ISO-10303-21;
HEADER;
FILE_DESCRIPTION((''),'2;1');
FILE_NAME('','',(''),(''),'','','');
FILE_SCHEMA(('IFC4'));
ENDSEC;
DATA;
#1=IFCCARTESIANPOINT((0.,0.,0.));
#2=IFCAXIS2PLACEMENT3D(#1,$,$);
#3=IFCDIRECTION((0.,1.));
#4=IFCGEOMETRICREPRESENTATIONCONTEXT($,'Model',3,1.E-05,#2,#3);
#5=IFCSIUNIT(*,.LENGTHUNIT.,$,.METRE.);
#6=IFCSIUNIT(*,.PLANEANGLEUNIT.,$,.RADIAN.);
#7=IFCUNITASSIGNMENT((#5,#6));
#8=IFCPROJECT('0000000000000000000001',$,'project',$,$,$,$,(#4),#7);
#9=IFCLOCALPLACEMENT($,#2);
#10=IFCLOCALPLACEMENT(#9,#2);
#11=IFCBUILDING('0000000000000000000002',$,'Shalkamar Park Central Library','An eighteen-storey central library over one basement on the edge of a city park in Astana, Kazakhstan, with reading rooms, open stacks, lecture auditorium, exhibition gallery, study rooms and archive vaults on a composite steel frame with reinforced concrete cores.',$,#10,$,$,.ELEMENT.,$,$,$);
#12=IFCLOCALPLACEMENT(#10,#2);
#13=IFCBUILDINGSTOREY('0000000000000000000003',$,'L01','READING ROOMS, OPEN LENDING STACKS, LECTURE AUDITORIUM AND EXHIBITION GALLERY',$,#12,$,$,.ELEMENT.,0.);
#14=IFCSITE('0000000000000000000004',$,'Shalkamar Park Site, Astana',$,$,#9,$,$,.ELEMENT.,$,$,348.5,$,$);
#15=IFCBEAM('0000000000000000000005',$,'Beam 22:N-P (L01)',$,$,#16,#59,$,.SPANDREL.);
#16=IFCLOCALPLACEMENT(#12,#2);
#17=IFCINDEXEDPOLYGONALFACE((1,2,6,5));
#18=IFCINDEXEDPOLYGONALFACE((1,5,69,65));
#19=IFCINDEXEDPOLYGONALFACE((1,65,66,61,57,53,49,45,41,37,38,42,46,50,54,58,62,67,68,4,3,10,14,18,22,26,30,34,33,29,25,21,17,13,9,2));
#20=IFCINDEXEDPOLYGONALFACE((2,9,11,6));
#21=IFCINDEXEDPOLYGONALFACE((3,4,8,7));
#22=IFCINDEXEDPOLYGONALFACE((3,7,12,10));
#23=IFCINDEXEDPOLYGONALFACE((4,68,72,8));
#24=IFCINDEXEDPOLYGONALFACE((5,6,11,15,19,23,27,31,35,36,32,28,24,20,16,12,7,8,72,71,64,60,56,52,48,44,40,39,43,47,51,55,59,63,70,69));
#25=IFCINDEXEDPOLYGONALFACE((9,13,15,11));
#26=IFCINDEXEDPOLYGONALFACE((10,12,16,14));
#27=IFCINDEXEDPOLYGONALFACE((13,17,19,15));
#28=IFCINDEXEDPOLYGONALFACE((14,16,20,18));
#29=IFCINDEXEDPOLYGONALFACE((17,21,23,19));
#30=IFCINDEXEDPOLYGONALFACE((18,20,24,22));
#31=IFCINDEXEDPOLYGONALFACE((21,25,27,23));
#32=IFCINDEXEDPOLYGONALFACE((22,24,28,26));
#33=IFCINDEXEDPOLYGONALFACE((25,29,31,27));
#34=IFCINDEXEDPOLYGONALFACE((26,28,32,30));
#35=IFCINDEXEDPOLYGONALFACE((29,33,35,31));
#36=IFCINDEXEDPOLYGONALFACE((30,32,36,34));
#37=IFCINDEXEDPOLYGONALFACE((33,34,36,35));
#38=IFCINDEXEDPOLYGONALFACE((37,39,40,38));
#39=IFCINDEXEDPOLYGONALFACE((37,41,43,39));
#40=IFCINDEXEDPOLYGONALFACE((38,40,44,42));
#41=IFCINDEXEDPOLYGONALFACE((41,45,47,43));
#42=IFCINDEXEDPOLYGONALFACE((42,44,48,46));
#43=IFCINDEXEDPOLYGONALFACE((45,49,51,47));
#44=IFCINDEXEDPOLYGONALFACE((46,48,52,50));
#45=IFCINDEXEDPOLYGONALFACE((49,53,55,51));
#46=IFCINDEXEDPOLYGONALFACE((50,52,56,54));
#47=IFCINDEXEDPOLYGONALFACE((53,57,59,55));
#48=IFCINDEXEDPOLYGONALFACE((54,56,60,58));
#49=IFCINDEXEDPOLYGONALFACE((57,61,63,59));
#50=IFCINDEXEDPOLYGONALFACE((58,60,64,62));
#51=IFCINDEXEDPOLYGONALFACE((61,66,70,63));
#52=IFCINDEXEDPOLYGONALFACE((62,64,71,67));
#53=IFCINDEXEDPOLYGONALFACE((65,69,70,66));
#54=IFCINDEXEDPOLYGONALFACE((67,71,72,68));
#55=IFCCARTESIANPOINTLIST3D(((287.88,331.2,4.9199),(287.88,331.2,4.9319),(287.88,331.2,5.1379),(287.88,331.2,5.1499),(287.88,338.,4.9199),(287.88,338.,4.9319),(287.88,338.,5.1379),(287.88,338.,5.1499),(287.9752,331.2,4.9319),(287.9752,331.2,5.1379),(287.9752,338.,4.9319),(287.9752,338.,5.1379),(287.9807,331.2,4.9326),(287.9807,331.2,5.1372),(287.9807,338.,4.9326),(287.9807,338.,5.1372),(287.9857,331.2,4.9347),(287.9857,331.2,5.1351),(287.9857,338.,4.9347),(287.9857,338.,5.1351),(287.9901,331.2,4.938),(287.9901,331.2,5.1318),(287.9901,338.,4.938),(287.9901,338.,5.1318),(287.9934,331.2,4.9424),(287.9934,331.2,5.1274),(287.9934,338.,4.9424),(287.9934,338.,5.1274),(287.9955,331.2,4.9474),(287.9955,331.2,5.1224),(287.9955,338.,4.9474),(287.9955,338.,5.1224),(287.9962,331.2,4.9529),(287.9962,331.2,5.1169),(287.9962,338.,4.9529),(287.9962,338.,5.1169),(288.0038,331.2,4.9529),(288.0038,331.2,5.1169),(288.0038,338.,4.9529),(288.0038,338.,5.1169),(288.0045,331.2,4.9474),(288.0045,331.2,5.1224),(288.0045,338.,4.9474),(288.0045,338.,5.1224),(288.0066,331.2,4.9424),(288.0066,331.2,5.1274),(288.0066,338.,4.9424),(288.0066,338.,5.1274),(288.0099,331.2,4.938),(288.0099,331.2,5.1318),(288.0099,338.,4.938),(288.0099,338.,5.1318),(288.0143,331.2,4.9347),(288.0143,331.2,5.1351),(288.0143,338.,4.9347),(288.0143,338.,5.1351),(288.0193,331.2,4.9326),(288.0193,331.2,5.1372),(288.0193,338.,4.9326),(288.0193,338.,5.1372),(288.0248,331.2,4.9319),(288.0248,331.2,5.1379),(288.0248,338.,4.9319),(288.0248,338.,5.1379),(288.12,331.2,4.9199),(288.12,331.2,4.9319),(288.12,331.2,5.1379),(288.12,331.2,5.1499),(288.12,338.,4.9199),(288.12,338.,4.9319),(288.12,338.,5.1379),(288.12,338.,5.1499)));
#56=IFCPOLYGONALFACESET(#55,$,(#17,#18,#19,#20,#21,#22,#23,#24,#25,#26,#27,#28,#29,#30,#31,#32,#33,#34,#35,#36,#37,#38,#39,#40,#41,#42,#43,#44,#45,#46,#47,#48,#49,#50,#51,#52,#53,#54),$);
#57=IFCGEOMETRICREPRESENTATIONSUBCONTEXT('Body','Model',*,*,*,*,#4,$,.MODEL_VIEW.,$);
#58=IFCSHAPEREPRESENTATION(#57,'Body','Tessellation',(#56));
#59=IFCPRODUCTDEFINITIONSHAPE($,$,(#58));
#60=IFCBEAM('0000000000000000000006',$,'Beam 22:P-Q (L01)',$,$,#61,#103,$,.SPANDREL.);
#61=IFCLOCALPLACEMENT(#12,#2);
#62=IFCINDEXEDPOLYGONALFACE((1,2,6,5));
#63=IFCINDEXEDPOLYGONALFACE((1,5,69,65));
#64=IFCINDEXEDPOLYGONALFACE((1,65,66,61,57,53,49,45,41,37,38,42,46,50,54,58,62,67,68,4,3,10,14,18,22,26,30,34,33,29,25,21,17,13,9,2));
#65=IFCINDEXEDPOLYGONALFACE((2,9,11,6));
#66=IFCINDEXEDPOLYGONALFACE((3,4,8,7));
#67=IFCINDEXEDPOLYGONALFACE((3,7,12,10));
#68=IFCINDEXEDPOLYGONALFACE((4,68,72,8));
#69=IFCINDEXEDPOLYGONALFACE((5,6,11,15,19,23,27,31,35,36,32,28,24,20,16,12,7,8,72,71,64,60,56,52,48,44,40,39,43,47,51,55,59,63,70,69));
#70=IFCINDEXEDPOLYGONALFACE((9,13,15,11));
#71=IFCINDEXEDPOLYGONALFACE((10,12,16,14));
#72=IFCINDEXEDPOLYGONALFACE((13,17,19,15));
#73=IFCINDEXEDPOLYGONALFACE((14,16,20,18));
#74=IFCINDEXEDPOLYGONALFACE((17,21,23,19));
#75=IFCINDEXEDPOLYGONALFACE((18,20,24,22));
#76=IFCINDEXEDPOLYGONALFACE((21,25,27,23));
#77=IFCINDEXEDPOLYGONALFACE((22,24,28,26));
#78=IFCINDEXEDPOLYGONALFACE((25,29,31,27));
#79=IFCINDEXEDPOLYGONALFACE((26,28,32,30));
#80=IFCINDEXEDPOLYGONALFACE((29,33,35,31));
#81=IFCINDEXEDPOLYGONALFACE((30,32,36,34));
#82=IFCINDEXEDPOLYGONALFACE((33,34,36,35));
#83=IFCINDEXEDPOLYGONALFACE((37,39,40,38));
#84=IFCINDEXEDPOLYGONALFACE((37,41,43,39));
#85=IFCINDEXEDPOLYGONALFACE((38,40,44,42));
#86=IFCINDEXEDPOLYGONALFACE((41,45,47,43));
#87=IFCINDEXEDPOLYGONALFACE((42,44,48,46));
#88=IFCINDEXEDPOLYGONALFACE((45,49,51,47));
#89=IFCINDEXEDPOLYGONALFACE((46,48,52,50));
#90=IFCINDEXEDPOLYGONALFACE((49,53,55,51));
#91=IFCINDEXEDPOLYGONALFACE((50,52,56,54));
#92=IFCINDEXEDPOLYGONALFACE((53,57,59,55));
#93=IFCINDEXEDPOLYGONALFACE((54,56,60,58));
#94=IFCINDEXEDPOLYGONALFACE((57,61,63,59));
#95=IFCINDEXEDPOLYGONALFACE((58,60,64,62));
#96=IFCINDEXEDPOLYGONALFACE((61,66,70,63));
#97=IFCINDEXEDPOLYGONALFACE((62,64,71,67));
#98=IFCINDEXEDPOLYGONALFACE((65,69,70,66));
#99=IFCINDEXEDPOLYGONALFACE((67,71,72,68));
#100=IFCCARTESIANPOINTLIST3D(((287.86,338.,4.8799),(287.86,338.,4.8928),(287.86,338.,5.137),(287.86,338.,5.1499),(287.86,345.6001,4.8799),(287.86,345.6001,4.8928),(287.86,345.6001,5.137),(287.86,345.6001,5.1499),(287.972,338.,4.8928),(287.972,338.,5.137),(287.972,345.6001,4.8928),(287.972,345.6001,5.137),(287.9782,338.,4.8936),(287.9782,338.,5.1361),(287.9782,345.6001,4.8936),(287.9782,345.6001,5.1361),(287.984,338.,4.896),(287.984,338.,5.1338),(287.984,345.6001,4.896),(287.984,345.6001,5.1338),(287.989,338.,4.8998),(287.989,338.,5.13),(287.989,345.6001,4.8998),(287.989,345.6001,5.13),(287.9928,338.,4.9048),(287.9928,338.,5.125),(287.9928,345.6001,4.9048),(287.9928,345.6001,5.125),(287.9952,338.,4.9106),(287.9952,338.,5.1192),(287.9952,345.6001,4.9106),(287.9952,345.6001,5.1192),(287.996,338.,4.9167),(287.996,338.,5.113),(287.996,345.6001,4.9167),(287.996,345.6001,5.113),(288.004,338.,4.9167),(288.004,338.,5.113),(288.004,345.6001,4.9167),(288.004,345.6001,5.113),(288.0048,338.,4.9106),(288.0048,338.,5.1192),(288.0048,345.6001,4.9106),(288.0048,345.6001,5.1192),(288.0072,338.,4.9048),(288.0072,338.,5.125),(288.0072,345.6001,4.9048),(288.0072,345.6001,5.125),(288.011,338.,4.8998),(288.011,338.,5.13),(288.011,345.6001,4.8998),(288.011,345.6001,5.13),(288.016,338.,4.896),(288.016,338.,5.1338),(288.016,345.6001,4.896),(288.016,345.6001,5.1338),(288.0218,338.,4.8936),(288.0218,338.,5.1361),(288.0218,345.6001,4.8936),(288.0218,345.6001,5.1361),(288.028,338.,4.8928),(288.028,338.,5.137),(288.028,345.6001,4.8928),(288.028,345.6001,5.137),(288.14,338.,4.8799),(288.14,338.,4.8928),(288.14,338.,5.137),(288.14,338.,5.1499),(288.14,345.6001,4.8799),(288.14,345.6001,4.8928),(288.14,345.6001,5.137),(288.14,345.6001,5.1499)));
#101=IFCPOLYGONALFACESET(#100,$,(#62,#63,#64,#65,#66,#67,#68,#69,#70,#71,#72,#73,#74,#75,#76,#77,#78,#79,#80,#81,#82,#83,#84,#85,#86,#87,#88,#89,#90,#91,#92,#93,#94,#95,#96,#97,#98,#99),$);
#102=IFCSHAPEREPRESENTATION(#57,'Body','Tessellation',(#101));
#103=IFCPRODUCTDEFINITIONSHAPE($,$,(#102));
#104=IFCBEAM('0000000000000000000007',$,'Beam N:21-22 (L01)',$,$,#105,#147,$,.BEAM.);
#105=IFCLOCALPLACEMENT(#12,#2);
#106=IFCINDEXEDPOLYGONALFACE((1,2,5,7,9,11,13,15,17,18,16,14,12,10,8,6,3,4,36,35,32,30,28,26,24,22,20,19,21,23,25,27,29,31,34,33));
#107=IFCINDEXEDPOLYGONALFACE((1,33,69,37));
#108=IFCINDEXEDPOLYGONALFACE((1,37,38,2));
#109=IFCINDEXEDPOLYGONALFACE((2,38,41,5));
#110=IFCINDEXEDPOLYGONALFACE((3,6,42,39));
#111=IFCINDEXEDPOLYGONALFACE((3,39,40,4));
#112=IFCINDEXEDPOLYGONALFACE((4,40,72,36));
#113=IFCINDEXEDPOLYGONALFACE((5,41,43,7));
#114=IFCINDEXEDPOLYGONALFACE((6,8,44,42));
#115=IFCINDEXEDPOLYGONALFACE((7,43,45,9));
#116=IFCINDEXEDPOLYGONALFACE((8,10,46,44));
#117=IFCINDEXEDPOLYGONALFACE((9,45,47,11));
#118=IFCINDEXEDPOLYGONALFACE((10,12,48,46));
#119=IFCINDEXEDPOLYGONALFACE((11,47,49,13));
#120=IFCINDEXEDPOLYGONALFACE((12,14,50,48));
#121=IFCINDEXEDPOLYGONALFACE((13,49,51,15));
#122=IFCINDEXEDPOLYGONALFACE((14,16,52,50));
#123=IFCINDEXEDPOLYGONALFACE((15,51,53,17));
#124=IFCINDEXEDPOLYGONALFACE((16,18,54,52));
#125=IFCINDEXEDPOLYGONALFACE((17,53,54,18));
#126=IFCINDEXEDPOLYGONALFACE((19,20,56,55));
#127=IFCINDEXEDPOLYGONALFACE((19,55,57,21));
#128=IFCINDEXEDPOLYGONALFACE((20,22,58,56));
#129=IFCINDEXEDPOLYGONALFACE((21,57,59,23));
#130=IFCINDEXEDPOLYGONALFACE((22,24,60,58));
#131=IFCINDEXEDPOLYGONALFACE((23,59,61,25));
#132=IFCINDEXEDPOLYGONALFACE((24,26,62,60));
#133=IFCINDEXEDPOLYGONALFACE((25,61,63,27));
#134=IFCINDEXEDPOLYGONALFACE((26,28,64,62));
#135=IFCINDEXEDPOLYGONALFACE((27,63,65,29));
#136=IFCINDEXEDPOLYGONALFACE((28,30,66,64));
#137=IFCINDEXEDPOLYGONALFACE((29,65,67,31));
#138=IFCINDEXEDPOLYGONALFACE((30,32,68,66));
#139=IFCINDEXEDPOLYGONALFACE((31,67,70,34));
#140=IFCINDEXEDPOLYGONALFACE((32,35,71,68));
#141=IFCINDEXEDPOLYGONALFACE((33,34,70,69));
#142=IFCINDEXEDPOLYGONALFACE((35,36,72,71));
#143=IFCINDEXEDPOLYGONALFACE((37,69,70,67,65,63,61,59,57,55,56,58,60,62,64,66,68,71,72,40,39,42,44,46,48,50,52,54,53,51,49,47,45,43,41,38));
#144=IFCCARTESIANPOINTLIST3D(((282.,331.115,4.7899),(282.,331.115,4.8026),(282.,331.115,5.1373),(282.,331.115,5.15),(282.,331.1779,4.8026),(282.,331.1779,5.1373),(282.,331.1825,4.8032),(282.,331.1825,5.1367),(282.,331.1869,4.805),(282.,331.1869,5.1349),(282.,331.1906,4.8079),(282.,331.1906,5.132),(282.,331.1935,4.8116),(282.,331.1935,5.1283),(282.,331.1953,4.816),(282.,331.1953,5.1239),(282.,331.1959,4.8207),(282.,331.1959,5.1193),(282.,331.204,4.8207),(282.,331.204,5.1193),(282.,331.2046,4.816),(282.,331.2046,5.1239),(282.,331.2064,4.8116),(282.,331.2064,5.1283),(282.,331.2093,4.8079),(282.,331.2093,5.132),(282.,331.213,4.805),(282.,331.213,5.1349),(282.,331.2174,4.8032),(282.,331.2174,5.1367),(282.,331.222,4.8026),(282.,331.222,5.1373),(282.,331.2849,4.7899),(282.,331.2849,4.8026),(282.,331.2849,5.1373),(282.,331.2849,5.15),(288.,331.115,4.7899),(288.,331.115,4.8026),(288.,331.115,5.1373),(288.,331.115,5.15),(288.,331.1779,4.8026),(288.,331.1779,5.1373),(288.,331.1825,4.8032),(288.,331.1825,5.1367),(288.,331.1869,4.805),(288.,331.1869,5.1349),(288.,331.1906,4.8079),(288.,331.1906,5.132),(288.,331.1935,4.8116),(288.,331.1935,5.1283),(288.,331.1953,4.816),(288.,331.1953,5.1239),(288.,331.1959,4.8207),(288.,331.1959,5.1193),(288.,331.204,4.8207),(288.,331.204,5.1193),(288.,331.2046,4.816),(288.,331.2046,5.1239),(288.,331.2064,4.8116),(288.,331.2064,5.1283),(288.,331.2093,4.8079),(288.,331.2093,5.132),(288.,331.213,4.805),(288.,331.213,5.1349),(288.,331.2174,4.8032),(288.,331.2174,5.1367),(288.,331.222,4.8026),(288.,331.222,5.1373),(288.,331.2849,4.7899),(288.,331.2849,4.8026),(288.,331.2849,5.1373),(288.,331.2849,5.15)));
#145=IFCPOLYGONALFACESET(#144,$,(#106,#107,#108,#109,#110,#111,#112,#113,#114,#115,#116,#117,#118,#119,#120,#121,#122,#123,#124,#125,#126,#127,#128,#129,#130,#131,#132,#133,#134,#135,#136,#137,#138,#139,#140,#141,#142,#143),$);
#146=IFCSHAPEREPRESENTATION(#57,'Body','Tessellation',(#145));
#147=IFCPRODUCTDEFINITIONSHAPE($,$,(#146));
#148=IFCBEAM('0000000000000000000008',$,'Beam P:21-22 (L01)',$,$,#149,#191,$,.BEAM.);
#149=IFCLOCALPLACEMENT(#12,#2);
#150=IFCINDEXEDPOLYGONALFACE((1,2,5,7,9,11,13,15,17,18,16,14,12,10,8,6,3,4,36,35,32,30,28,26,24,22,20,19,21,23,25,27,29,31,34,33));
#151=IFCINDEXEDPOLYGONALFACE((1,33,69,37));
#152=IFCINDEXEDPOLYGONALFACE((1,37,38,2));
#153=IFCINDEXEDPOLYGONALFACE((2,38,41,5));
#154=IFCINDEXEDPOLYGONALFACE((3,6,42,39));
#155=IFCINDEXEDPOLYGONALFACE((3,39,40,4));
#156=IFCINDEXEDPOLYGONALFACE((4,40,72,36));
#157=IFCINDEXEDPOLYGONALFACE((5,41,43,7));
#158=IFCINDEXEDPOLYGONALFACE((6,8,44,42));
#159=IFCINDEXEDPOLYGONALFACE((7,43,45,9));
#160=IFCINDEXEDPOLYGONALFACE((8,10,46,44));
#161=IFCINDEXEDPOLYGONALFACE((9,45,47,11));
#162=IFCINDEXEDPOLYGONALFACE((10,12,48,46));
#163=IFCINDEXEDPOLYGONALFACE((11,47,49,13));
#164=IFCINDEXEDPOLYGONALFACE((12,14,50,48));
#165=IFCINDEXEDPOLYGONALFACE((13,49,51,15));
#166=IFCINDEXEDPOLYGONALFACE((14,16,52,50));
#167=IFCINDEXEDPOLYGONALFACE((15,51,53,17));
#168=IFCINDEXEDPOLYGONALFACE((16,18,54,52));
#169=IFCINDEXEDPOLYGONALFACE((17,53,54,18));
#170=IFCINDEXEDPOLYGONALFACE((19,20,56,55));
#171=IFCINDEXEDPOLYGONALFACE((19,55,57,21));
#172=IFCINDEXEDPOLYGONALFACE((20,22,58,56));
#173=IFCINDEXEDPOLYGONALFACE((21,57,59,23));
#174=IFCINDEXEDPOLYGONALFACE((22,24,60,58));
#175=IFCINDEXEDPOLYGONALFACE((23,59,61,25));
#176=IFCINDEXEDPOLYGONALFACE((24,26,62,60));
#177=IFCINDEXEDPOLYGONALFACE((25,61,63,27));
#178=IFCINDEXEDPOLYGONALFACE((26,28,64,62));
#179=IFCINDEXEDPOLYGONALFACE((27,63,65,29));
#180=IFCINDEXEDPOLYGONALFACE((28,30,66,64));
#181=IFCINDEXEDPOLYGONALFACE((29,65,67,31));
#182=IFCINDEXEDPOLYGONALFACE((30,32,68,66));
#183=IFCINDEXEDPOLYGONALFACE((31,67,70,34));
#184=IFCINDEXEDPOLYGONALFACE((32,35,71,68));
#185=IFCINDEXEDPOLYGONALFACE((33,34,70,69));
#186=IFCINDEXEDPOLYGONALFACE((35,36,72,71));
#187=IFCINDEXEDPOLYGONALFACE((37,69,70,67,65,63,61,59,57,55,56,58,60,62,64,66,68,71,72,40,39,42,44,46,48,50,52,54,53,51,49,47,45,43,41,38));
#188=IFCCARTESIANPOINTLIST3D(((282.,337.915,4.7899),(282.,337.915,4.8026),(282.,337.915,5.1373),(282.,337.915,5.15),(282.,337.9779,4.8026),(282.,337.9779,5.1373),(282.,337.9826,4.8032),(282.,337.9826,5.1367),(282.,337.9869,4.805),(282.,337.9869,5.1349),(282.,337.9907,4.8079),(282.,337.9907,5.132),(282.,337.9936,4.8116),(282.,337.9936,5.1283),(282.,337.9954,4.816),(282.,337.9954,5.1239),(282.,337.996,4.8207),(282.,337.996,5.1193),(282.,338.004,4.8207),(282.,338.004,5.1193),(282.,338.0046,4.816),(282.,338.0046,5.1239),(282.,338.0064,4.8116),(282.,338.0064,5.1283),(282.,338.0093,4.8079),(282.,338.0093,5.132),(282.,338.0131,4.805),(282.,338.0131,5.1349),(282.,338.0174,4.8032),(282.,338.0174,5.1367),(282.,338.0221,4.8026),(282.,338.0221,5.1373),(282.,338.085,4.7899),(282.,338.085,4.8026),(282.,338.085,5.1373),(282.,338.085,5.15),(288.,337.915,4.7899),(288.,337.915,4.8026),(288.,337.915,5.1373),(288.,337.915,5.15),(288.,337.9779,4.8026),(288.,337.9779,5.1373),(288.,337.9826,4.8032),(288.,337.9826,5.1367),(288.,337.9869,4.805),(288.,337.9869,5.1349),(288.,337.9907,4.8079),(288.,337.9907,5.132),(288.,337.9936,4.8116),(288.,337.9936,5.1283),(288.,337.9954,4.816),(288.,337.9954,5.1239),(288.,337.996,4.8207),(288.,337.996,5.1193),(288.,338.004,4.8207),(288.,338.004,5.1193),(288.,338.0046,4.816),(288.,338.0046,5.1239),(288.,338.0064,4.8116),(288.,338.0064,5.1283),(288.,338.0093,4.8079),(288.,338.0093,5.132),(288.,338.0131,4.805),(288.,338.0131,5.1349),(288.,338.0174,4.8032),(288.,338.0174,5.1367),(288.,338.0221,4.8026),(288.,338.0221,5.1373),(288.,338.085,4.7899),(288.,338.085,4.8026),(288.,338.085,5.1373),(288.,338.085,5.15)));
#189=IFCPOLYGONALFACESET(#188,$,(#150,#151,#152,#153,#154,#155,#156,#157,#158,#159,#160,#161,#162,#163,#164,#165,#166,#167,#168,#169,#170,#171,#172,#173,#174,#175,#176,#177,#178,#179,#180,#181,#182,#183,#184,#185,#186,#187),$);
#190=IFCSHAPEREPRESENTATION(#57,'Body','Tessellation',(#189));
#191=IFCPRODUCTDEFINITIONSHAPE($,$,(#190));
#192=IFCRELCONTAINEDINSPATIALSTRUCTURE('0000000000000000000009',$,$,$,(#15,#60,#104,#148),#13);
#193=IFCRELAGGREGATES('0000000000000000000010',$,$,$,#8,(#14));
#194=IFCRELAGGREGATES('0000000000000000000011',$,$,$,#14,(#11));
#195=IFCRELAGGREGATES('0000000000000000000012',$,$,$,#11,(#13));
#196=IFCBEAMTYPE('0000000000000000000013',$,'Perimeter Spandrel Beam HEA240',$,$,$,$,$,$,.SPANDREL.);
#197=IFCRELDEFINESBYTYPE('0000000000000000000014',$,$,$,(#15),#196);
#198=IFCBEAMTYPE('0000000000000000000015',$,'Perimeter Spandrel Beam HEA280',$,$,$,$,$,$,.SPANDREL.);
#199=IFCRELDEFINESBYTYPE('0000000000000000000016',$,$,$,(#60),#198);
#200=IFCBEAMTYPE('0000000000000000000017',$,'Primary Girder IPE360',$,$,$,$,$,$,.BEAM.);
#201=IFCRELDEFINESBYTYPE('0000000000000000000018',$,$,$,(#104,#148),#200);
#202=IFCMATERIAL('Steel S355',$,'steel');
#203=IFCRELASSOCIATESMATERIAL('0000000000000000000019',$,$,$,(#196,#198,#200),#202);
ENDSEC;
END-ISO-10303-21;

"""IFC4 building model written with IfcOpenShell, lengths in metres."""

from ifc_helpers import new_model, si_unit, direction, frame, origin, origin_2d, place, context, subcontext, project, spatial, i_section, extrude, material, material_profile, profile_set, type_object, element, save


model = new_model("IFC4")

# Units and contexts
model_context = context("Model", 3, precision=1e-05, world=origin(), true_north=direction((0.0, 1.0)))
body_context = subcontext(model_context, "Body", "Model", "MODEL_VIEW")
ifc_project = project(units=[si_unit("LENGTHUNIT", "METRE"), si_unit("PLANEANGLEUNIT", "RADIAN")], contexts=[model_context])

# Site, building, storey
site_placement = place(None, origin())
site = spatial("IfcSite", under=ifc_project, at=site_placement, Name="Shalkamar Park Site, Astana", CompositionType="ELEMENT", RefElevation=348.5)
building_placement = place(site_placement, origin())
building = spatial("IfcBuilding", under=site, at=building_placement, Name="Shalkamar Park Central Library", Description="An eighteen-storey central library over one basement on the edge of a city park in Astana, Kazakhstan, with reading rooms, open stacks, lecture auditorium, exhibition gallery, study rooms and archive vaults on a composite steel frame with reinforced concrete cores.", CompositionType="ELEMENT")
storey_placement = place(building_placement, origin())
storey = spatial("IfcBuildingStorey", under=building, at=storey_placement, Name="L01", Description="READING ROOMS, OPEN LENDING STACKS, LECTURE AUDITORIUM AND EXHIBITION GALLERY", CompositionType="ELEMENT", Elevation=0.0)

# Shared definitions
ifc_material_1 = material(Name="Steel S355", Category="steel")

# Beams
ifc_material_profile_1 = material_profile(ifc_material_1, i_section(OverallWidth=0.24, OverallDepth=0.23, WebThickness=0.0076, FlangeThickness=0.012, FilletRadius=0.021, at=origin_2d()), Name="HEA 240")
ifc_profile_set_1 = profile_set([ifc_material_profile_1], Name="Steel S355")
beam_type_1 = type_object("IfcBeamType", Name="Perimeter Spandrel Beam HEA240", PredefinedType="SPANDREL", material=ifc_profile_set_1)
beam_1_placement = place(storey_placement, frame((288.0, 331.2, 5.0349), z_axis=(0.0, 1.0, 0.0), x_axis=(-1.0, 0.0, 0.0)))
element("IfcBeam", 1, at=beam_1_placement, inside=storey, type_object=beam_type_1, Name="Beam 22:N-P (L01)", PredefinedType="SPANDREL", context=body_context, shape_type="SweptSolid", body=[
    extrude(i_section(OverallWidth=0.24, OverallDepth=0.23, WebThickness=0.0076, FlangeThickness=0.012, FilletRadius=0.021, at=origin_2d()), origin(), (0.0, 0.0, 1.0), 6.8),
])
ifc_material_profile_2 = material_profile(ifc_material_1, i_section(OverallWidth=0.28, OverallDepth=0.27, WebThickness=0.0081, FlangeThickness=0.0129, FilletRadius=0.0239, at=origin_2d()), Name="HEA 280")
ifc_profile_set_2 = profile_set([ifc_material_profile_2], Name="Steel S355")
beam_type_2 = type_object("IfcBeamType", Name="Perimeter Spandrel Beam HEA280", PredefinedType="SPANDREL", material=ifc_profile_set_2)
beam_2_placement = place(storey_placement, frame((288.0, 338.0, 5.0149), z_axis=(0.0, 1.0, 0.0), x_axis=(-1.0, 0.0, 0.0)))
element("IfcBeam", 2, at=beam_2_placement, inside=storey, type_object=beam_type_2, Name="Beam 22:P-Q (L01)", PredefinedType="SPANDREL", context=body_context, shape_type="SweptSolid", body=[
    extrude(i_section(OverallWidth=0.28, OverallDepth=0.27, WebThickness=0.0081, FlangeThickness=0.0129, FilletRadius=0.0239, at=origin_2d()), origin(), (0.0, 0.0, 1.0), 7.6001),
])
ifc_material_profile_3 = material_profile(ifc_material_1, i_section(OverallWidth=0.1699, OverallDepth=0.3601, WebThickness=0.0081, FlangeThickness=0.0127, FilletRadius=0.0181, at=origin_2d()), Name="IPE 360")
ifc_profile_set_3 = profile_set([ifc_material_profile_3], Name="Steel S355")
beam_type_3 = type_object("IfcBeamType", Name="Primary Girder IPE360", PredefinedType="BEAM", material=ifc_profile_set_3)
for number, where, z_axis, x_axis, name in (
    (3, (282.0, 331.2, 4.97), (1.0, 0.0, 0.0), (0.0, 1.0, 0.0), "Beam N:21-22 (L01)"),
    (4, (282.0, 338.0, 4.97), (1.0, 0.0, 0.0), (0.0, 1.0, 0.0), "Beam P:21-22 (L01)"),
):
    element("IfcBeam", number, at=place(storey_placement, frame(where, z_axis=z_axis, x_axis=x_axis)), inside=storey, type_object=beam_type_3, Name=name, PredefinedType="BEAM", context=body_context, shape_type="SweptSolid", body=[
        extrude(i_section(OverallWidth=0.1699, OverallDepth=0.3601, WebThickness=0.0081, FlangeThickness=0.0127, FilletRadius=0.0181, at=origin_2d()), origin(), (0.0, 0.0, 1.0), 6.0),
    ])

save(model, "model.ifc")
